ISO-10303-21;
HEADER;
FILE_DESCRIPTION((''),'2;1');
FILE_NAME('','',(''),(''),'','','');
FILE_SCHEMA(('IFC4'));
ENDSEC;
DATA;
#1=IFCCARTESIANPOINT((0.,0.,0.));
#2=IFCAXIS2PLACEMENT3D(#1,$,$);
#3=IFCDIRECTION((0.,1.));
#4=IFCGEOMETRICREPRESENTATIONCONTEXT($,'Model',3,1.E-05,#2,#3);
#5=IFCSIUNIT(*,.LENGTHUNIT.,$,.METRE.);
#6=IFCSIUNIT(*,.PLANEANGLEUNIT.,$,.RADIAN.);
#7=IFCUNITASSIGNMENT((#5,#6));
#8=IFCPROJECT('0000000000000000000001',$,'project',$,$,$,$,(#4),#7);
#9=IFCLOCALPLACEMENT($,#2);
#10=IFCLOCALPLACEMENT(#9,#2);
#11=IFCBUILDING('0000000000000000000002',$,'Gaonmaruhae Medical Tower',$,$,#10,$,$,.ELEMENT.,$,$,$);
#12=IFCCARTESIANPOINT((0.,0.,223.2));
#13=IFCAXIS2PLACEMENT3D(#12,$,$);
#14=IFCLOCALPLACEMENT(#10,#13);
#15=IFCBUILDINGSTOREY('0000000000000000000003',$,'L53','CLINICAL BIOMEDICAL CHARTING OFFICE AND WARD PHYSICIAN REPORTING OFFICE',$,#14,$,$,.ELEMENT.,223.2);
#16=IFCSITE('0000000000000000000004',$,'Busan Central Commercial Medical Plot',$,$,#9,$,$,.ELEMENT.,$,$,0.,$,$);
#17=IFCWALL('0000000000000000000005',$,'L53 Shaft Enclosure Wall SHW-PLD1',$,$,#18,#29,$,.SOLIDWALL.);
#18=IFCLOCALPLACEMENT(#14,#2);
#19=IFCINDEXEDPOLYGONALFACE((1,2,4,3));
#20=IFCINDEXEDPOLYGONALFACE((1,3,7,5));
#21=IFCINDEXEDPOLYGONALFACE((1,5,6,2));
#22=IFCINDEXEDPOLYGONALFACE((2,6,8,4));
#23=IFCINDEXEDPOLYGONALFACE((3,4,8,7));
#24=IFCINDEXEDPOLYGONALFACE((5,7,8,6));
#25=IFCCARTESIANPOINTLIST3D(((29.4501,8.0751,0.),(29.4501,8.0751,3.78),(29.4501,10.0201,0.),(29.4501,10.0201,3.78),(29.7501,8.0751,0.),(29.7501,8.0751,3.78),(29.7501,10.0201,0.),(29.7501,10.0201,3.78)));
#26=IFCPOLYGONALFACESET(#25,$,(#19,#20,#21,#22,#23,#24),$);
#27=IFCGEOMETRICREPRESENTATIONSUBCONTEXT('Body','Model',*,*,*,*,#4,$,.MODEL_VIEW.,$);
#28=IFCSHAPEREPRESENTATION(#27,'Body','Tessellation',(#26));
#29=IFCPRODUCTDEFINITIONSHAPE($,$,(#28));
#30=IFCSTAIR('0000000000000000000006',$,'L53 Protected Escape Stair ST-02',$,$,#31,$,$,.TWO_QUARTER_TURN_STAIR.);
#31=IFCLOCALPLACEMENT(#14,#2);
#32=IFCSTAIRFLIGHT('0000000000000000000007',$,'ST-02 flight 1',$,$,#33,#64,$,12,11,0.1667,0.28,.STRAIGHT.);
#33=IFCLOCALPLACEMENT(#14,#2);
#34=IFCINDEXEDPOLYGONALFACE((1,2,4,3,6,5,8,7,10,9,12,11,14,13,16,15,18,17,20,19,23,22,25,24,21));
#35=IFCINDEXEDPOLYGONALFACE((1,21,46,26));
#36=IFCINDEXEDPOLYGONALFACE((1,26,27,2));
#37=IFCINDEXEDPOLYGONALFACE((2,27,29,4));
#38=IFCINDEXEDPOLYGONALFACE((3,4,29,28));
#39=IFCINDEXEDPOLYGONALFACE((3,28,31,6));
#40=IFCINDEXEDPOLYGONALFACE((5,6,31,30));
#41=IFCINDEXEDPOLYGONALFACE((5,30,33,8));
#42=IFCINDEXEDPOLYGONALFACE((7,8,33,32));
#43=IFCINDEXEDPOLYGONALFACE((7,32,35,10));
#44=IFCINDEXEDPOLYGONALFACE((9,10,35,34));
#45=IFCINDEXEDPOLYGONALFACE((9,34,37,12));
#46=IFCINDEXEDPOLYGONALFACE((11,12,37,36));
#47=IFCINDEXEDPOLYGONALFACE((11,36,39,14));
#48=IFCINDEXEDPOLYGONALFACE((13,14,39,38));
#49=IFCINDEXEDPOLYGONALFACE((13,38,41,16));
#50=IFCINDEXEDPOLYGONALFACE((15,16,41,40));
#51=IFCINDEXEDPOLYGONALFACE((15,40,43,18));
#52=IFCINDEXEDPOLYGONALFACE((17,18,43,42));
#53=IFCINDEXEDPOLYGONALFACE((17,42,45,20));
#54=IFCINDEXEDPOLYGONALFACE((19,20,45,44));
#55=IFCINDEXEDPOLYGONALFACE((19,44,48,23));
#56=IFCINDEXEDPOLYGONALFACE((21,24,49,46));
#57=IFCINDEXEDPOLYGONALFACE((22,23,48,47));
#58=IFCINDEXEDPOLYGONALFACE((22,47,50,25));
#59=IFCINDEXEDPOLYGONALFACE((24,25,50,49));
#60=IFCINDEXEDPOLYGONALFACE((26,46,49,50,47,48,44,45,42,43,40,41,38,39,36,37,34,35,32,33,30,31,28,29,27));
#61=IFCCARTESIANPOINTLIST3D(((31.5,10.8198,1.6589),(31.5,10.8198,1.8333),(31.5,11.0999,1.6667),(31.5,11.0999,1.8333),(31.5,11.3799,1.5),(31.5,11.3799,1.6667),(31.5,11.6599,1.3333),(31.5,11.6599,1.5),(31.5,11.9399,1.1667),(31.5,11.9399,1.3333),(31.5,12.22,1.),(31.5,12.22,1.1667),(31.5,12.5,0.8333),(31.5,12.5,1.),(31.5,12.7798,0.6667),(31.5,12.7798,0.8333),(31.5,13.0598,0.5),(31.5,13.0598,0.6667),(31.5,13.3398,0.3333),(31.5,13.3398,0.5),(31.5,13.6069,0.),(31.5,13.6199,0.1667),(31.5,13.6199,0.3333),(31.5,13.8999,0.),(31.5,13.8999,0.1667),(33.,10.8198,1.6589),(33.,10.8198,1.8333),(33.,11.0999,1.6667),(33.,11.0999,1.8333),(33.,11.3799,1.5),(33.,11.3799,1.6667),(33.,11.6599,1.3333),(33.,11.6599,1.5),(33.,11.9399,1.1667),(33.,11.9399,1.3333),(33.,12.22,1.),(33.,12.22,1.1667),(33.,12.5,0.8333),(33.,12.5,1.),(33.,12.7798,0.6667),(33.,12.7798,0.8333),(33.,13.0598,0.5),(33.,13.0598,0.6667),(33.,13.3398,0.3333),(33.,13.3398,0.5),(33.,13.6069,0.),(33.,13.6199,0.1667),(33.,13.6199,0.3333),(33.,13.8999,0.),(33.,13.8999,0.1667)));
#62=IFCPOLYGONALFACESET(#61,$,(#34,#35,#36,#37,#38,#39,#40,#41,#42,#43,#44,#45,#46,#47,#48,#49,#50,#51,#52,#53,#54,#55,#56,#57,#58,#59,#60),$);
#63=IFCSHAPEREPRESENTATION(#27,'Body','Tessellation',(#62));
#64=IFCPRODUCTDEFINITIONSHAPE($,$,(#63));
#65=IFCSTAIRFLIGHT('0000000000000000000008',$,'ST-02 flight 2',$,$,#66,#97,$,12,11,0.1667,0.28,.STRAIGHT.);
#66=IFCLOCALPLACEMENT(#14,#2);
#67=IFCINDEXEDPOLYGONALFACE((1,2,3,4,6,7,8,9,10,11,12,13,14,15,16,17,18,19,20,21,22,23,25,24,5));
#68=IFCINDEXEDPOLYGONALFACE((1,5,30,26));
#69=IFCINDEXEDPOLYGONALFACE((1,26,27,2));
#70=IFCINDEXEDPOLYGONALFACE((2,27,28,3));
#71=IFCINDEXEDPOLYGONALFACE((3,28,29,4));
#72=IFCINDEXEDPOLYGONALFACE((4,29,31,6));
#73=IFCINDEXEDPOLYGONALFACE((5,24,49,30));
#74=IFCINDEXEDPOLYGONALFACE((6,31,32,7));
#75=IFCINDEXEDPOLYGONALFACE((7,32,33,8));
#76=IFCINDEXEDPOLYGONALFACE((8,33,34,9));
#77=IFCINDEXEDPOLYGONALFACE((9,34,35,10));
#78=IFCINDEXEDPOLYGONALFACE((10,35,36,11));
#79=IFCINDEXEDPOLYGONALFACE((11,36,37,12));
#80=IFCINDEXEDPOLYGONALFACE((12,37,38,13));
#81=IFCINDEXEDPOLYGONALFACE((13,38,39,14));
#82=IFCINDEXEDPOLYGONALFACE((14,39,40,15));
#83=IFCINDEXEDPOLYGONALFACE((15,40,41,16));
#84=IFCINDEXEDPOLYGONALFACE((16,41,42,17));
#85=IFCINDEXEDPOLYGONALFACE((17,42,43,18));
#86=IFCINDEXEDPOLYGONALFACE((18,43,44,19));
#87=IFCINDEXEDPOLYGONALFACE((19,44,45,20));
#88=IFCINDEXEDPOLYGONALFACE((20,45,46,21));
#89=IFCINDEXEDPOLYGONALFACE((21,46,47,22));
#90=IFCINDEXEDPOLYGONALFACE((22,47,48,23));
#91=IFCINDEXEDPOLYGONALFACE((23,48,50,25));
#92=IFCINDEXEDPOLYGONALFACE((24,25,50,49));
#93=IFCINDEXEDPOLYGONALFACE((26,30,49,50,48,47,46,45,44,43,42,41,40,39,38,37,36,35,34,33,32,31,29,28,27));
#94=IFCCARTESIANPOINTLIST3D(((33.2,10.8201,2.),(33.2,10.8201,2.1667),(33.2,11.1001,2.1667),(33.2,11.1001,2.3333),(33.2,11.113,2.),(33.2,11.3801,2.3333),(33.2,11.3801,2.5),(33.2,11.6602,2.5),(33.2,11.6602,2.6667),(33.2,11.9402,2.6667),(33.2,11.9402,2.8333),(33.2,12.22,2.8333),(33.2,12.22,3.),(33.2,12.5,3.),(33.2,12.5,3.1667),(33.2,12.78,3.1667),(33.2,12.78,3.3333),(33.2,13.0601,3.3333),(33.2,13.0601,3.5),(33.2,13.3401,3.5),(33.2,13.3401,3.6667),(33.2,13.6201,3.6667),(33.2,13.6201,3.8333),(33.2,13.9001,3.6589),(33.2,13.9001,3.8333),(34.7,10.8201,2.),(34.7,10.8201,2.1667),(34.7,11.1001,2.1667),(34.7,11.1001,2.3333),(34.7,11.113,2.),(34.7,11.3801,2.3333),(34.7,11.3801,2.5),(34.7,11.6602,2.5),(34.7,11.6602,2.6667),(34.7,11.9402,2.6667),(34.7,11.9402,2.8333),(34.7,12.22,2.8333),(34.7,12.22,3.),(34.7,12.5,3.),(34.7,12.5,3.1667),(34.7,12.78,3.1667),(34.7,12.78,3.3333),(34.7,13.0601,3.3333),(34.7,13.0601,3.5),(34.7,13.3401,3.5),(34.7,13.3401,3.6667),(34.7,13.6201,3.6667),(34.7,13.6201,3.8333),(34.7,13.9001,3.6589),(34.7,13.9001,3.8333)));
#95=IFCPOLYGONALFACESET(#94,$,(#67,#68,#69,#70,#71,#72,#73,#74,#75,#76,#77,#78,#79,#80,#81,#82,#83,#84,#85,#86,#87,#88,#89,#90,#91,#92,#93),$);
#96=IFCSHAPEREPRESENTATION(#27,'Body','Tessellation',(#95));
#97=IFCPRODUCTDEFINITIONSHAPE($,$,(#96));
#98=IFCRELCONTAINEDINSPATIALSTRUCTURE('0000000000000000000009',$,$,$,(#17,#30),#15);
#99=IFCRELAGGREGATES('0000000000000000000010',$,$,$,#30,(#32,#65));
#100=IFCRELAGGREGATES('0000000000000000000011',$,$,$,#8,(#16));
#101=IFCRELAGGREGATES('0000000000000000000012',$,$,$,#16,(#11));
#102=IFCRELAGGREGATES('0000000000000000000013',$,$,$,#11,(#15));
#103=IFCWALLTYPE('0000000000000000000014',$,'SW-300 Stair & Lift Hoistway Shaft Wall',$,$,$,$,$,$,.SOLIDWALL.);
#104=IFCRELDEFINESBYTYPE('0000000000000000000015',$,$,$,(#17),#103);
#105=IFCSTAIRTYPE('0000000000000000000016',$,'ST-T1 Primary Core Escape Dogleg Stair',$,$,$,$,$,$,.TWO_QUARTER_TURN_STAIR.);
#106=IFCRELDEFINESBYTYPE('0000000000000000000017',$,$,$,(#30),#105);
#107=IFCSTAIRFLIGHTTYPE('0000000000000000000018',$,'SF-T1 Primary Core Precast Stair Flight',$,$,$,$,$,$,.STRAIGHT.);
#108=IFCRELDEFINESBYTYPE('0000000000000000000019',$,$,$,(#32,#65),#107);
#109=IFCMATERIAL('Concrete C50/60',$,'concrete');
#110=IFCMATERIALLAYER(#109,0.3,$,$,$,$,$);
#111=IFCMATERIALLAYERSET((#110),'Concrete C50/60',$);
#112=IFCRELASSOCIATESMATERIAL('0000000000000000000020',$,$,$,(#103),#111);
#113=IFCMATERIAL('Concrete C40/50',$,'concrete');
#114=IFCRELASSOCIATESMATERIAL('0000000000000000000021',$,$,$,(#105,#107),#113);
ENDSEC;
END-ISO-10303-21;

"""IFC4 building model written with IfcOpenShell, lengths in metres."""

from ifc_helpers import new_model, si_unit, direction, frame, frame_2d, origin, place, context, subcontext, project, spatial, polyline, rectangle, outline, extrude, material, layer, layer_set, type_object, element, aggregate, save


model = new_model("IFC4")

# Units and contexts
model_context = context("Model", 3, precision=1e-05, world=origin(), true_north=direction((0.0, 1.0)))
body_context = subcontext(model_context, "Body", "Model", "MODEL_VIEW")
ifc_project = project(units=[si_unit("LENGTHUNIT", "METRE"), si_unit("PLANEANGLEUNIT", "RADIAN")], contexts=[model_context])

# Site, building, storey
site_placement = place(None, origin())
site = spatial("IfcSite", under=ifc_project, at=site_placement, Name="Busan Central Commercial Medical Plot", CompositionType="ELEMENT", RefElevation=0.0)
building_placement = place(site_placement, origin())
building = spatial("IfcBuilding", under=site, at=building_placement, Name="Gaonmaruhae Medical Tower", CompositionType="ELEMENT")
storey_placement = place(building_placement, frame((0.0, 0.0, 223.2)))
storey = spatial("IfcBuildingStorey", under=building, at=storey_placement, Name="L53", Description="CLINICAL BIOMEDICAL CHARTING OFFICE AND WARD PHYSICIAN REPORTING OFFICE", CompositionType="ELEMENT", Elevation=223.2)

# Shared definitions
ifc_material_1 = material(Name="Concrete C50/60", Category="concrete")

# Wall
ifc_layer_1 = layer(ifc_material_1, 0.3)
ifc_layer_set_1 = layer_set([ifc_layer_1], Name="Concrete C50/60")
wall_type_1 = type_object("IfcWallType", Name="SW-300 Stair & Lift Hoistway Shaft Wall", PredefinedType="SOLIDWALL", material=ifc_layer_set_1)
wall_1_placement = place(storey_placement, frame((29.6001, 8.075, 0.0), z_axis=(0.0, 0.0, 1.0), x_axis=(0.0, 1.0, 0.0)))
element("IfcWall", 1, at=wall_1_placement, inside=storey, type_object=wall_type_1, Name="L53 Shaft Enclosure Wall SHW-PLD1", PredefinedType="SOLIDWALL", context=body_context, shape_type="SweptSolid", body=[
    extrude(rectangle(XDim=1.9451, YDim=0.3, at=frame_2d((0.9727, 0.0))), origin(), (0.0, 0.0, 1.0), 3.78),
])

# Stair, stair flights
ifc_material_2 = material(Name="Concrete C40/50", Category="concrete")
stair_type = type_object("IfcStairType", Name="ST-T1 Primary Core Escape Dogleg Stair", PredefinedType="TWO_QUARTER_TURN_STAIR", material=ifc_material_2)
stair_placement = place(storey_placement, origin())
stair = element("IfcStair", 2, at=stair_placement, inside=storey, type_object=stair_type, Name="L53 Protected Escape Stair ST-02", PredefinedType="TWO_QUARTER_TURN_STAIR")
stair_flight_type = type_object("IfcStairFlightType", Name="SF-T1 Primary Core Precast Stair Flight", PredefinedType="STRAIGHT", material=ifc_material_2)
stair_flight_1_placement = place(storey_placement, frame((32.25, 13.8999, 0.0), z_axis=(0.0, 0.0, 1.0), x_axis=(0.0, -1.0, 0.0)))
stair_flight_1 = element("IfcStairFlight", 3, at=stair_flight_1_placement, type_object=stair_flight_type, Name="ST-02 flight 1", NumberOfRisers=12, NumberOfTreads=11, PredefinedType="STRAIGHT", RiserHeight=0.1667, TreadLength=0.28, context=body_context, shape_type="SweptSolid", body=[
    extrude(outline(polyline([(0.0, 0.0), (0.0, 0.1667), (0.28, 0.1667), (0.28, 0.3333), (0.5601, 0.3333), (0.5601, 0.5), (0.8401, 0.5), (0.8401, 0.6667), (1.1201, 0.6667), (1.1201, 0.8333), (1.3999, 0.8333), (1.3999, 1.0), (1.6799, 1.0), (1.6799, 1.1667), (1.96, 1.1667), (1.96, 1.3333), (2.24, 1.3333), (2.24, 1.5), (2.52, 1.5), (2.52, 1.6667), (2.8, 1.6667), (2.8, 1.8333), (3.0801, 1.8333), (3.0801, 2.0), (3.0801, 1.6589), (0.293, 0.0), (0.0, 0.0)])), frame((0.0, 0.75, 0.0), z_axis=(0.0, -1.0, 0.0), x_axis=(1.0, 0.0, 0.0)), (0.0, 0.0, 1.0), 1.5),
])
stair_flight_2_placement = place(storey_placement, frame((33.95, 10.8201, 2.0), z_axis=(0.0, 0.0, 1.0), x_axis=(0.0, 1.0, 0.0)))
stair_flight_2 = element("IfcStairFlight", 4, at=stair_flight_2_placement, type_object=stair_flight_type, Name="ST-02 flight 2", NumberOfRisers=12, NumberOfTreads=11, PredefinedType="STRAIGHT", RiserHeight=0.1667, TreadLength=0.28, context=body_context, shape_type="SweptSolid", body=[
    extrude(outline(polyline([(0.0, 0.0), (0.0, 0.1667), (0.28, 0.1667), (0.28, 0.3333), (0.5601, 0.3333), (0.5601, 0.5), (0.8401, 0.5), (0.8401, 0.6667), (1.1201, 0.6667), (1.1201, 0.8333), (1.3999, 0.8333), (1.3999, 1.0), (1.6799, 1.0), (1.6799, 1.1667), (1.96, 1.1667), (1.96, 1.3333), (2.24, 1.3333), (2.24, 1.5), (2.52, 1.5), (2.52, 1.6667), (2.8, 1.6667), (2.8, 1.8333), (3.0801, 1.8333), (3.0801, 2.0), (3.0801, 1.6589), (0.293, 0.0), (0.0, 0.0)])), frame((0.0, 0.75, 0.0), z_axis=(0.0, -1.0, 0.0), x_axis=(1.0, 0.0, 0.0)), (0.0, 0.0, 1.0), 1.5),
])
aggregate(stair, [stair_flight_1, stair_flight_2])

save(model, "model.ifc")
